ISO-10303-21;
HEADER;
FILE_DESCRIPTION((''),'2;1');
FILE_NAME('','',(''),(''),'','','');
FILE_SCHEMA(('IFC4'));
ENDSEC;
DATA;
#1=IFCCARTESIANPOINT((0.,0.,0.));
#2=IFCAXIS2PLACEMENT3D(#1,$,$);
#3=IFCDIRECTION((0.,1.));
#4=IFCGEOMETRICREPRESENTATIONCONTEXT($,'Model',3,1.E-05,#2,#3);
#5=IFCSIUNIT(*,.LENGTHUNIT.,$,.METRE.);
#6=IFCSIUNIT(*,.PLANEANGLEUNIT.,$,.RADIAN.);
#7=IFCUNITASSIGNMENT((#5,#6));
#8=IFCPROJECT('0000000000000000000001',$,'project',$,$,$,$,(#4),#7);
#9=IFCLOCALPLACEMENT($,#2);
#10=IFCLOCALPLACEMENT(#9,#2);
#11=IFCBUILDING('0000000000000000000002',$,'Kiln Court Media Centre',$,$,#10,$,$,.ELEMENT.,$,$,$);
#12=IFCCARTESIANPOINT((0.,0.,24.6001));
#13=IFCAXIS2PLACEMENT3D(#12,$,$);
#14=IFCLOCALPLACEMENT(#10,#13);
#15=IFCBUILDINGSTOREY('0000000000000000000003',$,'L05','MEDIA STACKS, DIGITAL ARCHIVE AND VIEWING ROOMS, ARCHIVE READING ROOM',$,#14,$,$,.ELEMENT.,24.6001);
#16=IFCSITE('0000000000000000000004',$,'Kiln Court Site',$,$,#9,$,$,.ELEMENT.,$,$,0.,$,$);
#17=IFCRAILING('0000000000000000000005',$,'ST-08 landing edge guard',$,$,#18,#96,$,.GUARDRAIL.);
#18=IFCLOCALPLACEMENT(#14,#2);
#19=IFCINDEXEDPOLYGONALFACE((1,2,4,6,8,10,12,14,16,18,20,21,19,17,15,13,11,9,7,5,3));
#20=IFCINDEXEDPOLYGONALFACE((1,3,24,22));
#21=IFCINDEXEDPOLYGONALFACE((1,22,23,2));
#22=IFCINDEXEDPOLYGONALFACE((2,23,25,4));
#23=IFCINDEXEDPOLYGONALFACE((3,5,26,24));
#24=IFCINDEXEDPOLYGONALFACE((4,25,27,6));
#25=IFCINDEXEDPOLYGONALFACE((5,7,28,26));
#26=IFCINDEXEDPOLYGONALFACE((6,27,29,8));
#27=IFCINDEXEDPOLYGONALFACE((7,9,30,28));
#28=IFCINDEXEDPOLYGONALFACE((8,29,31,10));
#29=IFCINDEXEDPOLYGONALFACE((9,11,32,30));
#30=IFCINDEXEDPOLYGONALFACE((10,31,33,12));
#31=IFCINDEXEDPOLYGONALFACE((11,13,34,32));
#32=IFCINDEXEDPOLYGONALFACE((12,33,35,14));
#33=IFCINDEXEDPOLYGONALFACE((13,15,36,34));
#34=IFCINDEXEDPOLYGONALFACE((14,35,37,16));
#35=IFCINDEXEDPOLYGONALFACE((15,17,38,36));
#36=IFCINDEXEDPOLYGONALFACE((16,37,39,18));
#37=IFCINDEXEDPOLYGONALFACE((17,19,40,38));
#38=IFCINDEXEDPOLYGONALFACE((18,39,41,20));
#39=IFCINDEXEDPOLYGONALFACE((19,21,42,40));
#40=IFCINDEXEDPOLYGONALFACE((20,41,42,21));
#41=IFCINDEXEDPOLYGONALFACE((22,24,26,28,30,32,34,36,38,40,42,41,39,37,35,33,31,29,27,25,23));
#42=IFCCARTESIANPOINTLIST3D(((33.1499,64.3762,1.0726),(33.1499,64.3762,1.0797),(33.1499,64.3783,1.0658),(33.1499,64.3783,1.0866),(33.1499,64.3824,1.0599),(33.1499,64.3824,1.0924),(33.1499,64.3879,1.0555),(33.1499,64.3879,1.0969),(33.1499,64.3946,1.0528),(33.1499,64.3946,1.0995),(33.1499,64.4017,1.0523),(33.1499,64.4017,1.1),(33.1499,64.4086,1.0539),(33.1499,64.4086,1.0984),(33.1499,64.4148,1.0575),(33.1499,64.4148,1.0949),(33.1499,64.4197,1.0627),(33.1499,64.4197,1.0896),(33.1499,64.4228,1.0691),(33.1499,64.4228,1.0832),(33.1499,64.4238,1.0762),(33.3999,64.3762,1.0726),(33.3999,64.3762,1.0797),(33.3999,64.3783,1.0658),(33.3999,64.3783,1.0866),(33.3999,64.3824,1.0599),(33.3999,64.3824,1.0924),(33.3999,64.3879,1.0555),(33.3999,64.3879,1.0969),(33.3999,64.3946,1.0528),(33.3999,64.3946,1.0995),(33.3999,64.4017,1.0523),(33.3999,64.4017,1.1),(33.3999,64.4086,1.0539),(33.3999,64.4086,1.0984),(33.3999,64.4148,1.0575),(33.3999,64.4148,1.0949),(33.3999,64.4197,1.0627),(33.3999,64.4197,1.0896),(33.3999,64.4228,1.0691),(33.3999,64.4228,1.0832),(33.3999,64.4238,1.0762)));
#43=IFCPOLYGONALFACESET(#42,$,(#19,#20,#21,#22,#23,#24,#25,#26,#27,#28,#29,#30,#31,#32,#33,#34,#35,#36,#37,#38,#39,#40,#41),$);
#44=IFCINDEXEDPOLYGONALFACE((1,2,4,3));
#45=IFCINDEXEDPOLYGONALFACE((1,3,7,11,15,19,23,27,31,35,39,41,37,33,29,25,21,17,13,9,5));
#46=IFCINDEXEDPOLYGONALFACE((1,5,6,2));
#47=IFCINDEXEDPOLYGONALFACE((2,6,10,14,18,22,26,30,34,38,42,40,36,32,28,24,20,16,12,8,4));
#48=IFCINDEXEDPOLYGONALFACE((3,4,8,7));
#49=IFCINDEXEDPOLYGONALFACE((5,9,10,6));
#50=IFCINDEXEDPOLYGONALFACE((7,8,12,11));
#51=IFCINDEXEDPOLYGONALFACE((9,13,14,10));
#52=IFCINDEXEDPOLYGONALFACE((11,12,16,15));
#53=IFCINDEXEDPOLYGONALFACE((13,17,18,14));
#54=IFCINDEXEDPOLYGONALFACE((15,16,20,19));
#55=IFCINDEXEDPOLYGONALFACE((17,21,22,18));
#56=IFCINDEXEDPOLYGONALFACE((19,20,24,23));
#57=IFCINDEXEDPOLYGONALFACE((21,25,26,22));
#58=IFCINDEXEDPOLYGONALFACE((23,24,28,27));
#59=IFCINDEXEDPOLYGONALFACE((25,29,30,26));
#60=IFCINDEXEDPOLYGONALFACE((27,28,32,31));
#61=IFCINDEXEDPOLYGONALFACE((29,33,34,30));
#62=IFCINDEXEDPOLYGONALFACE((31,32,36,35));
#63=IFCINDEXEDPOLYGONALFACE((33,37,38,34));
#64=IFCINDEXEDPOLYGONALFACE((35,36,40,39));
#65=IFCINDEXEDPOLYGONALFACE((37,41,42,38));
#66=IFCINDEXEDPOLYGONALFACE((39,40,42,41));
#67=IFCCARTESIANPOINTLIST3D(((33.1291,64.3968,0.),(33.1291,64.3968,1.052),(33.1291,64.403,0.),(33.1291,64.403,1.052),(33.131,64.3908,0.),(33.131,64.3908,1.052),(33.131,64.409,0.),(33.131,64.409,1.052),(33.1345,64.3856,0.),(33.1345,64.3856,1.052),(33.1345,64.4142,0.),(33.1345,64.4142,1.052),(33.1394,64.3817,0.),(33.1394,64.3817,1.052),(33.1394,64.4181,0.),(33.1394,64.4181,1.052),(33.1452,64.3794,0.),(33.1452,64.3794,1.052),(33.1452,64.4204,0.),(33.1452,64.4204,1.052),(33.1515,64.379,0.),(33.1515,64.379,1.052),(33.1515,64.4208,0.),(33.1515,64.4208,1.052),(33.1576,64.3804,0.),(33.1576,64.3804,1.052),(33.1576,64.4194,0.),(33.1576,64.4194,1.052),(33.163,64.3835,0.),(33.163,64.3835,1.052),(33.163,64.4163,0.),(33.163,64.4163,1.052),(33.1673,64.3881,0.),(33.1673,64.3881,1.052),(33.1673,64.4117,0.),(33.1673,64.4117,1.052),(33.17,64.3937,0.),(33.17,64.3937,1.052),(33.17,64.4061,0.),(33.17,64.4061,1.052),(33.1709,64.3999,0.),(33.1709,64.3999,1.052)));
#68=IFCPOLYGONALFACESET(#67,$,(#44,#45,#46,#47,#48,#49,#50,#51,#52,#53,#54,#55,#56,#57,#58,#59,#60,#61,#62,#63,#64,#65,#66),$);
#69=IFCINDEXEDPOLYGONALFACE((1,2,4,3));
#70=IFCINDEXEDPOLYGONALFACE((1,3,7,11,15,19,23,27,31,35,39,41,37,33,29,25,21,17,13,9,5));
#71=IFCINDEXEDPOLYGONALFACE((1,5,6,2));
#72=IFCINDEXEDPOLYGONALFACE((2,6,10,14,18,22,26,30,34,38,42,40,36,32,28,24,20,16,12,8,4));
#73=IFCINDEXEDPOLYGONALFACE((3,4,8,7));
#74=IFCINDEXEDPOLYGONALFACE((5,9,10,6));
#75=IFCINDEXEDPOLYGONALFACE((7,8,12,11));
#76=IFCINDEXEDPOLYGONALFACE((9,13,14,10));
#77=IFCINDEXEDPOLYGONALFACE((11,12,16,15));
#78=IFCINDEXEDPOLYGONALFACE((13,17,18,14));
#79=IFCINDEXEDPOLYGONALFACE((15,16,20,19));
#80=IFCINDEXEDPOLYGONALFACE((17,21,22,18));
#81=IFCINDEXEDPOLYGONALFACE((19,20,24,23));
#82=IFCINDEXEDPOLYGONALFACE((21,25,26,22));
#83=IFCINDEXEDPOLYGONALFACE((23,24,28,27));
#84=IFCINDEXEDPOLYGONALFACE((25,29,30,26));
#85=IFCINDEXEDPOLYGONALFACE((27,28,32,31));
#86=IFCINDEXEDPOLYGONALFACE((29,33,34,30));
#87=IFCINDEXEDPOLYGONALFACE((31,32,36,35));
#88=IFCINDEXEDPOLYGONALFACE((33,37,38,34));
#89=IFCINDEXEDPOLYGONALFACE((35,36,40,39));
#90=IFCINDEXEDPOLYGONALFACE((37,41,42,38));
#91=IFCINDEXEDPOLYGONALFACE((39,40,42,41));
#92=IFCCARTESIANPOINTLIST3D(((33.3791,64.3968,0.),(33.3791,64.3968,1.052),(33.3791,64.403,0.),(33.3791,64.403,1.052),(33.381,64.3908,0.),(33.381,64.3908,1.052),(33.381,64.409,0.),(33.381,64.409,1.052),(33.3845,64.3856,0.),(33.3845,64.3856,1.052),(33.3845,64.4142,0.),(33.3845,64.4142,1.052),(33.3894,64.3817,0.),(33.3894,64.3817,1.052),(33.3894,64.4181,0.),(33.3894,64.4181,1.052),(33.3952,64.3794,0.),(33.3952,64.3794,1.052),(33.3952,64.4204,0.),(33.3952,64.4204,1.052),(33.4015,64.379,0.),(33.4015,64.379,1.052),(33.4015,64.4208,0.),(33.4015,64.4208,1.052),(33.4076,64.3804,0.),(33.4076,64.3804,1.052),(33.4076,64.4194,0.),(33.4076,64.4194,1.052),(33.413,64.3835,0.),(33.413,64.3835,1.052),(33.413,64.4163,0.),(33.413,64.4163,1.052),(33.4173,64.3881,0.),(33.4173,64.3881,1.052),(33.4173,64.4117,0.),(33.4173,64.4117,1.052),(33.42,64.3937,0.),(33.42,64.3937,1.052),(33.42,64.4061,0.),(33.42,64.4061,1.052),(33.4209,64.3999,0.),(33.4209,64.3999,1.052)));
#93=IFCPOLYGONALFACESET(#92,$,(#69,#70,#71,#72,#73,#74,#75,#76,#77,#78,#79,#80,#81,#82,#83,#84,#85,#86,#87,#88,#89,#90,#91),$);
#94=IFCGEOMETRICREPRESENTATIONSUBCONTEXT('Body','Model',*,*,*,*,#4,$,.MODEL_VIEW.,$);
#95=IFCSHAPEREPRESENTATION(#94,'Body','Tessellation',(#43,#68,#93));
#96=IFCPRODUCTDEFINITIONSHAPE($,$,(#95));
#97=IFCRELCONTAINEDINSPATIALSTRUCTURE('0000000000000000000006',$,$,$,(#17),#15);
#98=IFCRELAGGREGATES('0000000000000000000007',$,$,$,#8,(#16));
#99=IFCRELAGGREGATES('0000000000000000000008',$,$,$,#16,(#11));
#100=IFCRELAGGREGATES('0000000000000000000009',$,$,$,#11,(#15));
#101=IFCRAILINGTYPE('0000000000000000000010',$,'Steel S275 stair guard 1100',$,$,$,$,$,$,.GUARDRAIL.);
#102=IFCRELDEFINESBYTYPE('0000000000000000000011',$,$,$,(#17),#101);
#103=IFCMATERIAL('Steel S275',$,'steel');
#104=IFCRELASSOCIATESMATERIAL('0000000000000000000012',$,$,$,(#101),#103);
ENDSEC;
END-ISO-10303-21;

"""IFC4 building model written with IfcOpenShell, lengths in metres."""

from ifc_helpers import new_model, si_unit, direction, frame, origin, origin_2d, place, context, subcontext, project, spatial, circle, extrude, material, type_object, element, save


model = new_model("IFC4")

# Units and contexts
model_context = context("Model", 3, precision=1e-05, world=origin(), true_north=direction((0.0, 1.0)))
body_context = subcontext(model_context, "Body", "Model", "MODEL_VIEW")
ifc_project = project(units=[si_unit("LENGTHUNIT", "METRE"), si_unit("PLANEANGLEUNIT", "RADIAN")], contexts=[model_context])

# Site, building, storey
site_placement = place(None, origin())
site = spatial("IfcSite", under=ifc_project, at=site_placement, Name="Kiln Court Site", CompositionType="ELEMENT", RefElevation=0.0)
building_placement = place(site_placement, origin())
building = spatial("IfcBuilding", under=site, at=building_placement, Name="Kiln Court Media Centre", CompositionType="ELEMENT")
storey_placement = place(building_placement, frame((0.0, 0.0, 24.6001)))
storey = spatial("IfcBuildingStorey", under=building, at=storey_placement, Name="L05", Description="MEDIA STACKS, DIGITAL ARCHIVE AND VIEWING ROOMS, ARCHIVE READING ROOM", CompositionType="ELEMENT", Elevation=24.6001)

# Railing
ifc_material_1 = material(Name="Steel S275", Category="steel")
railing_type_1 = type_object("IfcRailingType", Name="Steel S275 stair guard 1100", PredefinedType="GUARDRAIL", material=ifc_material_1)
for number, where, name in (
    (1, (33.1499, 64.3999, 0.0), "ST-08 landing edge guard"),
):
    element("IfcRailing", number, at=place(storey_placement, frame(where)), inside=storey, type_object=railing_type_1, Name=name, PredefinedType="GUARDRAIL", context=body_context, shape_type="SweptSolid", body=[
        extrude(circle(Radius=0.0239, at=origin_2d()), frame((0.0, 0.0, 1.0762), z_axis=(1.0, 0.0, 0.0), x_axis=(0.0, 1.0, 0.0)), (0.0, 0.0, 1.0), 0.25),
        extrude(circle(Radius=0.021, at=origin_2d()), origin(), (0.0, 0.0, 1.0), 1.052),
        extrude(circle(Radius=0.021, at=origin_2d()), frame((0.25, 0.0, 0.0)), (0.0, 0.0, 1.0), 1.052),
    ])

save(model, "model.ifc")
